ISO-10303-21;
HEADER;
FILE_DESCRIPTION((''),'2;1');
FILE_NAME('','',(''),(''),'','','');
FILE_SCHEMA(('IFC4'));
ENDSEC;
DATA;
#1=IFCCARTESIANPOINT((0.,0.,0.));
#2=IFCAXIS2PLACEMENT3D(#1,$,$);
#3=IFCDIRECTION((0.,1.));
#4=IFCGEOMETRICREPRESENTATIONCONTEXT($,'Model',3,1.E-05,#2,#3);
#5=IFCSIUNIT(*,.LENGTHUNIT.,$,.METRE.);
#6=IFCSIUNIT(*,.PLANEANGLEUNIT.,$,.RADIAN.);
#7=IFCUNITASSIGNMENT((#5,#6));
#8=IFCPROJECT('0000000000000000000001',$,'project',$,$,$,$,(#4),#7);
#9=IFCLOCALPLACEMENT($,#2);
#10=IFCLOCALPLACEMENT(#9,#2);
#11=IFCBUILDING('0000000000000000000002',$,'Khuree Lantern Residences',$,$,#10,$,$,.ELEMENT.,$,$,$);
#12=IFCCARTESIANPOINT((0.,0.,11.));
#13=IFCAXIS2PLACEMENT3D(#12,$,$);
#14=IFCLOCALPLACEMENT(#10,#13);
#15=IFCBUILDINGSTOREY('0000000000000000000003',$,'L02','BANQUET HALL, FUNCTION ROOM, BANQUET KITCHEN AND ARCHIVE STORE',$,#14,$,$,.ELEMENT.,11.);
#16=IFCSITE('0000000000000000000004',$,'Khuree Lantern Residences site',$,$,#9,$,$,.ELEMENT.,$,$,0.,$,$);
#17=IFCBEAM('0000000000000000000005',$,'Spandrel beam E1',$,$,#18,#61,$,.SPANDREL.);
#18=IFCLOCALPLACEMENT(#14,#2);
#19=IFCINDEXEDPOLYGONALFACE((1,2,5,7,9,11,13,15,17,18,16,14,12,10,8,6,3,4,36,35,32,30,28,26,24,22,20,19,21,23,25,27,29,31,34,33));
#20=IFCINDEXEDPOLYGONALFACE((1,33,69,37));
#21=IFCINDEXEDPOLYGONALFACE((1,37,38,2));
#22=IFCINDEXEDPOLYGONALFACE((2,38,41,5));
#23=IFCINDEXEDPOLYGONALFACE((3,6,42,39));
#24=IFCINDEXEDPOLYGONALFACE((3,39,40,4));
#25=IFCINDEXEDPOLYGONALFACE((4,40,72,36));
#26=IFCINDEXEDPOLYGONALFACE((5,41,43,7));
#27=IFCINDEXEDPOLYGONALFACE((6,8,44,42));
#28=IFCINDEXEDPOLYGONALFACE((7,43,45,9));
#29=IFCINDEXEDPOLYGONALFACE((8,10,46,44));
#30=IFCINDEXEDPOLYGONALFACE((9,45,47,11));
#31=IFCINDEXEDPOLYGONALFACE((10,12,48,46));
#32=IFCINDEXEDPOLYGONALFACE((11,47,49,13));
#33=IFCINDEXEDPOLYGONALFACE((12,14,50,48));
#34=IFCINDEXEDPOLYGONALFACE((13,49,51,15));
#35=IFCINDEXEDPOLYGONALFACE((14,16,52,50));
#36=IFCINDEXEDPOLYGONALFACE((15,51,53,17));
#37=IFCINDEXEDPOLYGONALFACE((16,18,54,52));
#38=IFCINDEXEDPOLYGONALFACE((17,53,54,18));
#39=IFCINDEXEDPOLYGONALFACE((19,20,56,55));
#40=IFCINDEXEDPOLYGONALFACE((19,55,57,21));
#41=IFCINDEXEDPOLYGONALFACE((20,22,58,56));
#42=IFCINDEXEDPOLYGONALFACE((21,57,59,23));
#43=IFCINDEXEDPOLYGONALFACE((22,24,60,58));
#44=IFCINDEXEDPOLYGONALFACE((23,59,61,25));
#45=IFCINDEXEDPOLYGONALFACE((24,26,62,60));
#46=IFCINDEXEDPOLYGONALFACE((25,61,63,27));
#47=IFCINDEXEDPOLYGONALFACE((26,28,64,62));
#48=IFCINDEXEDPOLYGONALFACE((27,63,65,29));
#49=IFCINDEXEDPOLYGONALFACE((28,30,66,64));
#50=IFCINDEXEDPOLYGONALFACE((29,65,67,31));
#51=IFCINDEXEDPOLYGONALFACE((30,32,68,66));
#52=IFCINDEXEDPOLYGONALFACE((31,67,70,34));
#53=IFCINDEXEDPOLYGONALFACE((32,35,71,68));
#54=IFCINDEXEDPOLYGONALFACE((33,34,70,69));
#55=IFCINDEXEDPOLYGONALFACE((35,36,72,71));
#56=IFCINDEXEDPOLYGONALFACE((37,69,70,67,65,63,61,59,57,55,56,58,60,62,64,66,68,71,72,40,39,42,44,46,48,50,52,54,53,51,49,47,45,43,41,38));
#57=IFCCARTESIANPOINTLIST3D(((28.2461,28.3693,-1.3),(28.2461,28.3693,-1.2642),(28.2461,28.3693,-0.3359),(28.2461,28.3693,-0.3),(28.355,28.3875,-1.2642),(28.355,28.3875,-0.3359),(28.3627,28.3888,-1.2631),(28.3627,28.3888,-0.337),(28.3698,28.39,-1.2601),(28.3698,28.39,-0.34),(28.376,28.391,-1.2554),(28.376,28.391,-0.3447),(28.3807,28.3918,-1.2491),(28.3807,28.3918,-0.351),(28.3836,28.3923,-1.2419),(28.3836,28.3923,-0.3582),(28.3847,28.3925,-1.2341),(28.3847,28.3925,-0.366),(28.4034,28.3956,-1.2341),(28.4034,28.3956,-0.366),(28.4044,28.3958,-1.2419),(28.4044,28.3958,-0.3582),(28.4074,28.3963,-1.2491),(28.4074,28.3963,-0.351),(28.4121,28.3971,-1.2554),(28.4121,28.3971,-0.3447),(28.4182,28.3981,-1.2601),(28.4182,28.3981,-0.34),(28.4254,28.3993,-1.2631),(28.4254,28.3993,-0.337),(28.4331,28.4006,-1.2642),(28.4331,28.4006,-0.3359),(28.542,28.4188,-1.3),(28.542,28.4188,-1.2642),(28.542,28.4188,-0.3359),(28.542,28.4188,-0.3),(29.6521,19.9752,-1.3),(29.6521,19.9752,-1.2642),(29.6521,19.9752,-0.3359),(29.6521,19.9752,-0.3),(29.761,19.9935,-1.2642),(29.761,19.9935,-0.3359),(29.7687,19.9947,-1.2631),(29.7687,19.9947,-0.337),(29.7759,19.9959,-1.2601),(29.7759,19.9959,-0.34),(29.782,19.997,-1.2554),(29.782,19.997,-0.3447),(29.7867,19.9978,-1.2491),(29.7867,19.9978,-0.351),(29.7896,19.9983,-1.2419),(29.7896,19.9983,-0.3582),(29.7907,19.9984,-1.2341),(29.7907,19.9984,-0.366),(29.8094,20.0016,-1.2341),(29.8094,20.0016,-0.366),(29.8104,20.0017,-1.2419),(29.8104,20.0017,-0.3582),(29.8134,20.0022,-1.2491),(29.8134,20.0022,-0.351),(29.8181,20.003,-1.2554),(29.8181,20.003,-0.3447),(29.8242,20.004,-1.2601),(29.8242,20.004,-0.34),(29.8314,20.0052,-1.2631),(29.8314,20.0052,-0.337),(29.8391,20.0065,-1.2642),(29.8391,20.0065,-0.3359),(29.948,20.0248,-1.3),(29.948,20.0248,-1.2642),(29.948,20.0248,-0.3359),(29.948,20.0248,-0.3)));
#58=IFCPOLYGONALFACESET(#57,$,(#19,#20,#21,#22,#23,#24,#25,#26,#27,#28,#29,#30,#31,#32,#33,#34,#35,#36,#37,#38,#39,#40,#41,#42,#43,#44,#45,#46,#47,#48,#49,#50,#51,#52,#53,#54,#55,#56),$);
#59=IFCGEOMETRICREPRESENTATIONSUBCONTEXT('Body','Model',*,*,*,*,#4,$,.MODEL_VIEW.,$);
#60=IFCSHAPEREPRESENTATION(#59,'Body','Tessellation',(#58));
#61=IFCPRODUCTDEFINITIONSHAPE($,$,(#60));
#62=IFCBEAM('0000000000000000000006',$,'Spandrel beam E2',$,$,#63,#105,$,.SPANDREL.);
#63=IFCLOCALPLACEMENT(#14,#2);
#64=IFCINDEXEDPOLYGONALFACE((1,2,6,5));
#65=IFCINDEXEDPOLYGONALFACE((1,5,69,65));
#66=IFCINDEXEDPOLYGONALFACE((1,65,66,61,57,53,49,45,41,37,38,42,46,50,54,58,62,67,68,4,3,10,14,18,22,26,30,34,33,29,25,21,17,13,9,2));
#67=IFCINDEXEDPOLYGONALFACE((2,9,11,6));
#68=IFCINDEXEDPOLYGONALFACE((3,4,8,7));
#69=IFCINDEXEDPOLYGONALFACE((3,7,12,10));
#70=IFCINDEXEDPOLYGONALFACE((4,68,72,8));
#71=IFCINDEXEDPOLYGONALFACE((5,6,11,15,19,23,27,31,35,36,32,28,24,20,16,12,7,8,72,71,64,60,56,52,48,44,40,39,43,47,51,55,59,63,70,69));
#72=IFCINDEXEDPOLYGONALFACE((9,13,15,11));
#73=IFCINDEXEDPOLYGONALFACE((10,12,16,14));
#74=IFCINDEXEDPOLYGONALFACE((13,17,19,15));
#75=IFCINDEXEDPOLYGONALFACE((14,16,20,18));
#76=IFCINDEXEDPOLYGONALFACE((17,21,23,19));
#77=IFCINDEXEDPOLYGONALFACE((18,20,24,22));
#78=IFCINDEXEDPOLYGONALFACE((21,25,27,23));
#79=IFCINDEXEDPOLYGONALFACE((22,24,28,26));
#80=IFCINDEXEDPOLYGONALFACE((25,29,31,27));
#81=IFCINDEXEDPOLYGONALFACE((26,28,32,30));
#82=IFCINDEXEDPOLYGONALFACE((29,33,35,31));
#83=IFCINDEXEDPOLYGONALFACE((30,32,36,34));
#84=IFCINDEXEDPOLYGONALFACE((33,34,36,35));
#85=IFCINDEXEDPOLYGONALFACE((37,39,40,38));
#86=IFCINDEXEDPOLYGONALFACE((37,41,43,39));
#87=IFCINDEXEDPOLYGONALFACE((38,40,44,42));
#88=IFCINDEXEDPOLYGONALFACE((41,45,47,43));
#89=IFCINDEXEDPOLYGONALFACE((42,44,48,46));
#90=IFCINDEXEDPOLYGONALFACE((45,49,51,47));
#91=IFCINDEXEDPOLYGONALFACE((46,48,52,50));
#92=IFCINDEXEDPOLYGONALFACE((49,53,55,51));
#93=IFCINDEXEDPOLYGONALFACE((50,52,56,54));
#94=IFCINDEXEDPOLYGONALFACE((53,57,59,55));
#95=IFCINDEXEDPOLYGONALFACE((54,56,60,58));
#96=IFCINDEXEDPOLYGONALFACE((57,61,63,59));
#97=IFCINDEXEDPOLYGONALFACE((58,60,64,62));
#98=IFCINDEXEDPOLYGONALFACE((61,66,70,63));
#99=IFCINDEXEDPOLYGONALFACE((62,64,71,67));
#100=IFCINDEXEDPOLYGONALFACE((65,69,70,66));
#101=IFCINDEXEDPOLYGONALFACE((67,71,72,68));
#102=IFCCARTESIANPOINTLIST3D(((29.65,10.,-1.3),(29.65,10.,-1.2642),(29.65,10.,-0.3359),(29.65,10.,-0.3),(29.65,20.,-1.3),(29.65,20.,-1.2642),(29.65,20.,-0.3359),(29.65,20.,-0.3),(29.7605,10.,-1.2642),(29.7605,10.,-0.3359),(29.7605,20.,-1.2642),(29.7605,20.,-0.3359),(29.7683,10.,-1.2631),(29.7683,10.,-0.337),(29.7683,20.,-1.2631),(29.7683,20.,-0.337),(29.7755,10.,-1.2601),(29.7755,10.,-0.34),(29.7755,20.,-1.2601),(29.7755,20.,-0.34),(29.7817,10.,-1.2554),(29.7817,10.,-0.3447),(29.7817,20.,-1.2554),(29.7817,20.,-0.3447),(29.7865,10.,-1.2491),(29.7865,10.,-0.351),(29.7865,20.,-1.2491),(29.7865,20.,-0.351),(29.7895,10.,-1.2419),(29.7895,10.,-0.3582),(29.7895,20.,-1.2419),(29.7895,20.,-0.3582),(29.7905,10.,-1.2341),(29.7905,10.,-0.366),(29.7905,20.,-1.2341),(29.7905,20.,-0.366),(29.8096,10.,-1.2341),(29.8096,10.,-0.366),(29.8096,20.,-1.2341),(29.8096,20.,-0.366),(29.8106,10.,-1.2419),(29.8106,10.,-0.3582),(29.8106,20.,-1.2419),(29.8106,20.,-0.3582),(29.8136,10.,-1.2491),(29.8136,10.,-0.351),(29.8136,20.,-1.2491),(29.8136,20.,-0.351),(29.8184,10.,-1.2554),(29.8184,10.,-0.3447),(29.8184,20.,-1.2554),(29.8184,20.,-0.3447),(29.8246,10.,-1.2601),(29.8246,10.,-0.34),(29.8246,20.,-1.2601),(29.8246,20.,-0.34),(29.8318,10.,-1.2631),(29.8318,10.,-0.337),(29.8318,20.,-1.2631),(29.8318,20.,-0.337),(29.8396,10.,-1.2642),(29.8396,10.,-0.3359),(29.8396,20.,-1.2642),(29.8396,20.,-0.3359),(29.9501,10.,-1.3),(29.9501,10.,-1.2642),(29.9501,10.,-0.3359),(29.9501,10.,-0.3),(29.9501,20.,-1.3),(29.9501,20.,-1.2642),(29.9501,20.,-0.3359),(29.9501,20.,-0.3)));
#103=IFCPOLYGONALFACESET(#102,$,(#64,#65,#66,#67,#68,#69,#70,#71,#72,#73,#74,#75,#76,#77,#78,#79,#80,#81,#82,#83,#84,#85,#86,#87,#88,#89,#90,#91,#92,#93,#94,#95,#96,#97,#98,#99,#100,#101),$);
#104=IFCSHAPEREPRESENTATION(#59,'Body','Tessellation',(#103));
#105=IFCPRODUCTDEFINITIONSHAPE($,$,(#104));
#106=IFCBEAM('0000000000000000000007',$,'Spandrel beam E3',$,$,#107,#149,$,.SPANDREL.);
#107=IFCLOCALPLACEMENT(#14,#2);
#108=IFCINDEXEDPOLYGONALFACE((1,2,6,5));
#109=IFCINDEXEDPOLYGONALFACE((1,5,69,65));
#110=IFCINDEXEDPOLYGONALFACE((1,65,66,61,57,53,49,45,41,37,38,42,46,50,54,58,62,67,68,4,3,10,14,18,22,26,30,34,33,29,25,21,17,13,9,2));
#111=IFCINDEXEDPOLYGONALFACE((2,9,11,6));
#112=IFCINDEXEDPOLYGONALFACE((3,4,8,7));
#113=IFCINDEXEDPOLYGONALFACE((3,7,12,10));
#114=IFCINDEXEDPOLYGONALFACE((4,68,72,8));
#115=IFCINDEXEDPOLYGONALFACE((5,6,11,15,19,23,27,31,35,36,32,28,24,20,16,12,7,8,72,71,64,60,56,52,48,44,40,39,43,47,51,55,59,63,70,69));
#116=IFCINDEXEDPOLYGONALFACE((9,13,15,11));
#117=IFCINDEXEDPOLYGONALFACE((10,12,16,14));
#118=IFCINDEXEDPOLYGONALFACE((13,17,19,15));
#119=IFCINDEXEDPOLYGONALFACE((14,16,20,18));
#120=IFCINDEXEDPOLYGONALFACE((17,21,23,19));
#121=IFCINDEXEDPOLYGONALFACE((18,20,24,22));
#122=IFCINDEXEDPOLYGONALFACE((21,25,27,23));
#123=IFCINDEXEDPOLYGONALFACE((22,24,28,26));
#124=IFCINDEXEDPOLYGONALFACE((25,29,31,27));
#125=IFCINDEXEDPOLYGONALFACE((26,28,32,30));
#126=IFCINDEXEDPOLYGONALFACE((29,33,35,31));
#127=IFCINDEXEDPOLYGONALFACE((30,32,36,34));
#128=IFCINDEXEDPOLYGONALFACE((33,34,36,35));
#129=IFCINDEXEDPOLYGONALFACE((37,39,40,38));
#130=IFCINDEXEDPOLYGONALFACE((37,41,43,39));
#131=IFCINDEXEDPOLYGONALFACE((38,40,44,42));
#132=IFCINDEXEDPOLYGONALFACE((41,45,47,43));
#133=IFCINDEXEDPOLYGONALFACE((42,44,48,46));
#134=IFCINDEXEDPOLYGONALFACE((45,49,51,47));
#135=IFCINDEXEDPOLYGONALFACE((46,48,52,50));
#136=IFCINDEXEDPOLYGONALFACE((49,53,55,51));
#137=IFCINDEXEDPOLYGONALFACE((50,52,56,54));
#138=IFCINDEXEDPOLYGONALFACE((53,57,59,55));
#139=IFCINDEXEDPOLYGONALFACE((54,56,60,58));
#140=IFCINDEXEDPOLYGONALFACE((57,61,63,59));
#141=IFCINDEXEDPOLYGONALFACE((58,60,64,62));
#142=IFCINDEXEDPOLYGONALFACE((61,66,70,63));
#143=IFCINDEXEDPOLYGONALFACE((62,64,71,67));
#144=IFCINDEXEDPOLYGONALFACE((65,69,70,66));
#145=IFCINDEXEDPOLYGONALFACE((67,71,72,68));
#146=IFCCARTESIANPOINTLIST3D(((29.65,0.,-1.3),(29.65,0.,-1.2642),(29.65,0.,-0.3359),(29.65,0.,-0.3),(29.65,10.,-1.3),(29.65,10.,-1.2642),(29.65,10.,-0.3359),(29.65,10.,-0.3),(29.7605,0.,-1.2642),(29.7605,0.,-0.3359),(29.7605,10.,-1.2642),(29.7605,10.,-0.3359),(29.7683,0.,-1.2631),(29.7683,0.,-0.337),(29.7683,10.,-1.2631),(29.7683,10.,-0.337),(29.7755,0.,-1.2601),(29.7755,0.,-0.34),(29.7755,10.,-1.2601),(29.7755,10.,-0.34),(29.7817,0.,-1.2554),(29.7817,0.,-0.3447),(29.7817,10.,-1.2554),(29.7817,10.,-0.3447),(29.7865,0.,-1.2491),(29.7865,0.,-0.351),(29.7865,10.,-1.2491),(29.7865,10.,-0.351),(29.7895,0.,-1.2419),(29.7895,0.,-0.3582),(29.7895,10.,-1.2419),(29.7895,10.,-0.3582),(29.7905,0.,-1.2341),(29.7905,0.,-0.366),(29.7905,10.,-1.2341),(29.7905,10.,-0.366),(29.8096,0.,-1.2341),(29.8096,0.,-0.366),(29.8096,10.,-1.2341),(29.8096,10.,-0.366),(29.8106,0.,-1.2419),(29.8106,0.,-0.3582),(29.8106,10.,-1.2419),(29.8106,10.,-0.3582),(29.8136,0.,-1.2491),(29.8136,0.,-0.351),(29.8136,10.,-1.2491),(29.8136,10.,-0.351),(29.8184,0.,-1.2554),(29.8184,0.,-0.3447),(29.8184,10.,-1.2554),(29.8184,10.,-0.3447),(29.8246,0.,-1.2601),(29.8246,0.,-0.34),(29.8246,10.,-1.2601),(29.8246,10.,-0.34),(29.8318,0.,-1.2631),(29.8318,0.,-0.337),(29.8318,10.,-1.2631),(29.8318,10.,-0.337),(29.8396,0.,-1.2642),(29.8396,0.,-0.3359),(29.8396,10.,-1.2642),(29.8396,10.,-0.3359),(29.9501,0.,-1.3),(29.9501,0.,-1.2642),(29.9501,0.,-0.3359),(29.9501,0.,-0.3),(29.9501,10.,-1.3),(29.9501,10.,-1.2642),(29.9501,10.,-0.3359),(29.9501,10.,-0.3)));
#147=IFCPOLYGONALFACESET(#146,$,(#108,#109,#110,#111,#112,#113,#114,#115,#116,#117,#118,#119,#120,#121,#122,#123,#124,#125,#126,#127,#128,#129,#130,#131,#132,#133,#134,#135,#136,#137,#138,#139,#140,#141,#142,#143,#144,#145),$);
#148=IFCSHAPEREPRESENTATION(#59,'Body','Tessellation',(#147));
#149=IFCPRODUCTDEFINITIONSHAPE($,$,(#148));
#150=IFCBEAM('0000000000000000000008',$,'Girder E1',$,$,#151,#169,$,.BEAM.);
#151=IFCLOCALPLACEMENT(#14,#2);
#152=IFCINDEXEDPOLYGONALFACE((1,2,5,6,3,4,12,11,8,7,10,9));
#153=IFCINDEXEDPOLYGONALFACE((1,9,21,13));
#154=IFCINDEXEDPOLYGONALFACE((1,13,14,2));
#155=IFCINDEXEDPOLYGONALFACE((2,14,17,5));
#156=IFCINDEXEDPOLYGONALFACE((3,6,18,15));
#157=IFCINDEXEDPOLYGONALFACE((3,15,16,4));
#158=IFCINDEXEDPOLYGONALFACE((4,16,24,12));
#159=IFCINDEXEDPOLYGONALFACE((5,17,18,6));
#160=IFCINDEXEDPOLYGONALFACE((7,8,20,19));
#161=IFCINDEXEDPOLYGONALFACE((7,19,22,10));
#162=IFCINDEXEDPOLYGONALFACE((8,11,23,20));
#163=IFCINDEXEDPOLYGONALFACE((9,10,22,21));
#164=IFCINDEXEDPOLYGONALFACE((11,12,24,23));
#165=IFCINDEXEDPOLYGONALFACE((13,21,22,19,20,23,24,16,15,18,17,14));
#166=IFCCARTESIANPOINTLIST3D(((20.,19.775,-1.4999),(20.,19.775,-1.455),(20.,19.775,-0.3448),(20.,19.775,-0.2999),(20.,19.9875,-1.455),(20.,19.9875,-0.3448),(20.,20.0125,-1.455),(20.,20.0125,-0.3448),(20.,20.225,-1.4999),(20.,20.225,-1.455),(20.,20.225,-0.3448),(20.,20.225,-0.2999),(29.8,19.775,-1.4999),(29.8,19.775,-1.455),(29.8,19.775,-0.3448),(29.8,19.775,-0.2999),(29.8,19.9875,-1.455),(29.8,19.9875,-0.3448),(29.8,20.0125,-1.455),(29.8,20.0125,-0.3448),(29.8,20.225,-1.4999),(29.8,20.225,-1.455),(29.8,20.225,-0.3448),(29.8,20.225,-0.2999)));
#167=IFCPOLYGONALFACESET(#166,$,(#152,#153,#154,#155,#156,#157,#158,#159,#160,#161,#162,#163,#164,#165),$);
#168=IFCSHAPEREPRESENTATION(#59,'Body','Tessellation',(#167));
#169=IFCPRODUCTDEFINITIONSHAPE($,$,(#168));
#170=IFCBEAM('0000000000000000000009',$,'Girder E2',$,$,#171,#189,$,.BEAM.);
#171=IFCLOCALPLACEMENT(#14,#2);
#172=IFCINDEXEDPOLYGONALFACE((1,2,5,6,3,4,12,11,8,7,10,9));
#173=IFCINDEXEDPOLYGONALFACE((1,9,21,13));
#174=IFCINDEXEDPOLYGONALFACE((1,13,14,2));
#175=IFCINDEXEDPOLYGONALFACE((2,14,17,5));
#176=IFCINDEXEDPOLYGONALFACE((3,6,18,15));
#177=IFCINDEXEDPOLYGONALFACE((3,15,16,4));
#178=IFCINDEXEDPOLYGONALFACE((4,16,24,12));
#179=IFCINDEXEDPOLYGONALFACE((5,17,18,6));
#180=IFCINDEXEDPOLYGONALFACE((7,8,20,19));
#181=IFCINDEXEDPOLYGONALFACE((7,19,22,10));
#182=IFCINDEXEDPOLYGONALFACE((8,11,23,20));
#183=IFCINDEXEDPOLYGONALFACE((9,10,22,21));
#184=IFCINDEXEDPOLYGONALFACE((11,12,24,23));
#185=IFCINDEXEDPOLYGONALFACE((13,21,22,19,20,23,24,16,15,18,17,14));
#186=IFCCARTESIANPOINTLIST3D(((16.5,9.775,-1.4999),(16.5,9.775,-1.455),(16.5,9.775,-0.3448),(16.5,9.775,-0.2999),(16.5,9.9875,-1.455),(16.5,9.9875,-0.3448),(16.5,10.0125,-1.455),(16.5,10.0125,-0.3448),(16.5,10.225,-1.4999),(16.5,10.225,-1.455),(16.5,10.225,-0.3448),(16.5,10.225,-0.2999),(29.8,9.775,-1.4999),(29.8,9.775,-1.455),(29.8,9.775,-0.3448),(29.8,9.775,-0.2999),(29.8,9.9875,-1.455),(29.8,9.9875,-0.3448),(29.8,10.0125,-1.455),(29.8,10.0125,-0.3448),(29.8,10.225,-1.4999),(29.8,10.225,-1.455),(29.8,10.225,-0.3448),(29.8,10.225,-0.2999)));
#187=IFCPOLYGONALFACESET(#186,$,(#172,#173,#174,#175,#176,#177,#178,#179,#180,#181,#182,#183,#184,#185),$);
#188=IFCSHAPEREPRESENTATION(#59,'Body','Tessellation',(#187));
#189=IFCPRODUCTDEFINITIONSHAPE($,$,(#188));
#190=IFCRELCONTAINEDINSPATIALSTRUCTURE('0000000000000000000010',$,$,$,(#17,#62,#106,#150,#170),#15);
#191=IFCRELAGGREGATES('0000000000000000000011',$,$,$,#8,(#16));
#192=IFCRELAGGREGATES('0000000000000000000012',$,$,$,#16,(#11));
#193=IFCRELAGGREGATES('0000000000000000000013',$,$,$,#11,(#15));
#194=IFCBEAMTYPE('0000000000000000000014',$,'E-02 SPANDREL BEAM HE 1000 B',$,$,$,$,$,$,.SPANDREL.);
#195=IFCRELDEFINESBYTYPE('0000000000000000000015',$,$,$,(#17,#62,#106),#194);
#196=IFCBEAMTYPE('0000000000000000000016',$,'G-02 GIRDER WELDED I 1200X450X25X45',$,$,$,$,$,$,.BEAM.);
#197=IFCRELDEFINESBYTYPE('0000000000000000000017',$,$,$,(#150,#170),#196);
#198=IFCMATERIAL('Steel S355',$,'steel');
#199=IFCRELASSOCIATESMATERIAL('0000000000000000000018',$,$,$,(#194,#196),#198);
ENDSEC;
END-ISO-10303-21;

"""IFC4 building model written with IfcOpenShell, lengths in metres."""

from ifc_helpers import new_model, si_unit, direction, frame, origin, origin_2d, place, context, subcontext, project, spatial, i_section, extrude, material, material_profile, profile_set, type_object, element, save


model = new_model("IFC4")

# Units and contexts
model_context = context("Model", 3, precision=1e-05, world=origin(), true_north=direction((0.0, 1.0)))
body_context = subcontext(model_context, "Body", "Model", "MODEL_VIEW")
ifc_project = project(units=[si_unit("LENGTHUNIT", "METRE"), si_unit("PLANEANGLEUNIT", "RADIAN")], contexts=[model_context])

# Site, building, storey
site_placement = place(None, origin())
site = spatial("IfcSite", under=ifc_project, at=site_placement, Name="Khuree Lantern Residences site", CompositionType="ELEMENT", RefElevation=0.0)
building_placement = place(site_placement, origin())
building = spatial("IfcBuilding", under=site, at=building_placement, Name="Khuree Lantern Residences", CompositionType="ELEMENT")
storey_placement = place(building_placement, frame((0.0, 0.0, 11.0)))
storey = spatial("IfcBuildingStorey", under=building, at=storey_placement, Name="L02", Description="BANQUET HALL, FUNCTION ROOM, BANQUET KITCHEN AND ARCHIVE STORE", CompositionType="ELEMENT", Elevation=11.0)

# Beams
ifc_material_1 = material(Name="Steel S355", Category="steel")
ifc_material_profile_1 = material_profile(ifc_material_1, i_section(OverallWidth=0.3, OverallDepth=1.0, WebThickness=0.019, FlangeThickness=0.0359, FilletRadius=0.03, at=origin_2d()), Name="HE 1000 B")
ifc_profile_set_1 = profile_set([ifc_material_profile_1], Name="Steel S355")
beam_type_1 = type_object("IfcBeamType", Name="E-02 SPANDREL BEAM HE 1000 B", PredefinedType="SPANDREL", material=ifc_profile_set_1)
beam_1_placement = place(storey_placement, frame((28.394, 28.394, -0.8), z_axis=(0.165199, -0.98626, 0.0), x_axis=(0.98626, 0.165199, 0.0)))
element("IfcBeam", 1, at=beam_1_placement, inside=storey, type_object=beam_type_1, Name="Spandrel beam E1", PredefinedType="SPANDREL", context=body_context, shape_type="SweptSolid", body=[
    extrude(i_section(OverallWidth=0.3, OverallDepth=1.0, WebThickness=0.019, FlangeThickness=0.0359, FilletRadius=0.03, at=origin_2d()), origin(), (0.0, 0.0, 1.0), 8.511),
])
for number, where, z_axis, x_axis, name in (
    (2, (29.8, 20.0, -0.8), (0.0, -1.0, 0.0), (1.0, 0.0, 0.0), "Spandrel beam E2"),
    (3, (29.8, 10.0, -0.8), (0.0, -1.0, 0.0), (1.0, 0.0, 0.0), "Spandrel beam E3"),
):
    element("IfcBeam", number, at=place(storey_placement, frame(where, z_axis=z_axis, x_axis=x_axis)), inside=storey, type_object=beam_type_1, Name=name, PredefinedType="SPANDREL", context=body_context, shape_type="SweptSolid", body=[
        extrude(i_section(OverallWidth=0.3, OverallDepth=1.0, WebThickness=0.019, FlangeThickness=0.0359, FilletRadius=0.03, at=origin_2d()), origin(), (0.0, 0.0, 1.0), 10.0),
    ])
ifc_material_profile_2 = material_profile(ifc_material_1, i_section(OverallWidth=0.45, OverallDepth=1.2, WebThickness=0.0249, FlangeThickness=0.0449, at=origin_2d()), Name="WELDED I 1200X450X25X45")
ifc_profile_set_2 = profile_set([ifc_material_profile_2], Name="Steel S355")
beam_type_2 = type_object("IfcBeamType", Name="G-02 GIRDER WELDED I 1200X450X25X45", PredefinedType="BEAM", material=ifc_profile_set_2)
beam_2_placement = place(storey_placement, frame((29.8, 20.0, -0.8999), z_axis=(-1.0, 0.0, 0.0), x_axis=(0.0, -1.0, 0.0)))
element("IfcBeam", 4, at=beam_2_placement, inside=storey, type_object=beam_type_2, Name="Girder E1", PredefinedType="BEAM", context=body_context, shape_type="SweptSolid", body=[
    extrude(i_section(OverallWidth=0.45, OverallDepth=1.2, WebThickness=0.0249, FlangeThickness=0.0449, at=origin_2d()), origin(), (0.0, 0.0, 1.0), 9.8),
])
beam_3_placement = place(storey_placement, frame((29.8, 10.0, -0.8999), z_axis=(-1.0, 0.0, 0.0), x_axis=(0.0, -1.0, 0.0)))
element("IfcBeam", 5, at=beam_3_placement, inside=storey, type_object=beam_type_2, Name="Girder E2", PredefinedType="BEAM", context=body_context, shape_type="SweptSolid", body=[
    extrude(i_section(OverallWidth=0.45, OverallDepth=1.2, WebThickness=0.0249, FlangeThickness=0.0449, at=origin_2d()), origin(), (0.0, 0.0, 1.0), 13.3),
])

save(model, "model.ifc")
